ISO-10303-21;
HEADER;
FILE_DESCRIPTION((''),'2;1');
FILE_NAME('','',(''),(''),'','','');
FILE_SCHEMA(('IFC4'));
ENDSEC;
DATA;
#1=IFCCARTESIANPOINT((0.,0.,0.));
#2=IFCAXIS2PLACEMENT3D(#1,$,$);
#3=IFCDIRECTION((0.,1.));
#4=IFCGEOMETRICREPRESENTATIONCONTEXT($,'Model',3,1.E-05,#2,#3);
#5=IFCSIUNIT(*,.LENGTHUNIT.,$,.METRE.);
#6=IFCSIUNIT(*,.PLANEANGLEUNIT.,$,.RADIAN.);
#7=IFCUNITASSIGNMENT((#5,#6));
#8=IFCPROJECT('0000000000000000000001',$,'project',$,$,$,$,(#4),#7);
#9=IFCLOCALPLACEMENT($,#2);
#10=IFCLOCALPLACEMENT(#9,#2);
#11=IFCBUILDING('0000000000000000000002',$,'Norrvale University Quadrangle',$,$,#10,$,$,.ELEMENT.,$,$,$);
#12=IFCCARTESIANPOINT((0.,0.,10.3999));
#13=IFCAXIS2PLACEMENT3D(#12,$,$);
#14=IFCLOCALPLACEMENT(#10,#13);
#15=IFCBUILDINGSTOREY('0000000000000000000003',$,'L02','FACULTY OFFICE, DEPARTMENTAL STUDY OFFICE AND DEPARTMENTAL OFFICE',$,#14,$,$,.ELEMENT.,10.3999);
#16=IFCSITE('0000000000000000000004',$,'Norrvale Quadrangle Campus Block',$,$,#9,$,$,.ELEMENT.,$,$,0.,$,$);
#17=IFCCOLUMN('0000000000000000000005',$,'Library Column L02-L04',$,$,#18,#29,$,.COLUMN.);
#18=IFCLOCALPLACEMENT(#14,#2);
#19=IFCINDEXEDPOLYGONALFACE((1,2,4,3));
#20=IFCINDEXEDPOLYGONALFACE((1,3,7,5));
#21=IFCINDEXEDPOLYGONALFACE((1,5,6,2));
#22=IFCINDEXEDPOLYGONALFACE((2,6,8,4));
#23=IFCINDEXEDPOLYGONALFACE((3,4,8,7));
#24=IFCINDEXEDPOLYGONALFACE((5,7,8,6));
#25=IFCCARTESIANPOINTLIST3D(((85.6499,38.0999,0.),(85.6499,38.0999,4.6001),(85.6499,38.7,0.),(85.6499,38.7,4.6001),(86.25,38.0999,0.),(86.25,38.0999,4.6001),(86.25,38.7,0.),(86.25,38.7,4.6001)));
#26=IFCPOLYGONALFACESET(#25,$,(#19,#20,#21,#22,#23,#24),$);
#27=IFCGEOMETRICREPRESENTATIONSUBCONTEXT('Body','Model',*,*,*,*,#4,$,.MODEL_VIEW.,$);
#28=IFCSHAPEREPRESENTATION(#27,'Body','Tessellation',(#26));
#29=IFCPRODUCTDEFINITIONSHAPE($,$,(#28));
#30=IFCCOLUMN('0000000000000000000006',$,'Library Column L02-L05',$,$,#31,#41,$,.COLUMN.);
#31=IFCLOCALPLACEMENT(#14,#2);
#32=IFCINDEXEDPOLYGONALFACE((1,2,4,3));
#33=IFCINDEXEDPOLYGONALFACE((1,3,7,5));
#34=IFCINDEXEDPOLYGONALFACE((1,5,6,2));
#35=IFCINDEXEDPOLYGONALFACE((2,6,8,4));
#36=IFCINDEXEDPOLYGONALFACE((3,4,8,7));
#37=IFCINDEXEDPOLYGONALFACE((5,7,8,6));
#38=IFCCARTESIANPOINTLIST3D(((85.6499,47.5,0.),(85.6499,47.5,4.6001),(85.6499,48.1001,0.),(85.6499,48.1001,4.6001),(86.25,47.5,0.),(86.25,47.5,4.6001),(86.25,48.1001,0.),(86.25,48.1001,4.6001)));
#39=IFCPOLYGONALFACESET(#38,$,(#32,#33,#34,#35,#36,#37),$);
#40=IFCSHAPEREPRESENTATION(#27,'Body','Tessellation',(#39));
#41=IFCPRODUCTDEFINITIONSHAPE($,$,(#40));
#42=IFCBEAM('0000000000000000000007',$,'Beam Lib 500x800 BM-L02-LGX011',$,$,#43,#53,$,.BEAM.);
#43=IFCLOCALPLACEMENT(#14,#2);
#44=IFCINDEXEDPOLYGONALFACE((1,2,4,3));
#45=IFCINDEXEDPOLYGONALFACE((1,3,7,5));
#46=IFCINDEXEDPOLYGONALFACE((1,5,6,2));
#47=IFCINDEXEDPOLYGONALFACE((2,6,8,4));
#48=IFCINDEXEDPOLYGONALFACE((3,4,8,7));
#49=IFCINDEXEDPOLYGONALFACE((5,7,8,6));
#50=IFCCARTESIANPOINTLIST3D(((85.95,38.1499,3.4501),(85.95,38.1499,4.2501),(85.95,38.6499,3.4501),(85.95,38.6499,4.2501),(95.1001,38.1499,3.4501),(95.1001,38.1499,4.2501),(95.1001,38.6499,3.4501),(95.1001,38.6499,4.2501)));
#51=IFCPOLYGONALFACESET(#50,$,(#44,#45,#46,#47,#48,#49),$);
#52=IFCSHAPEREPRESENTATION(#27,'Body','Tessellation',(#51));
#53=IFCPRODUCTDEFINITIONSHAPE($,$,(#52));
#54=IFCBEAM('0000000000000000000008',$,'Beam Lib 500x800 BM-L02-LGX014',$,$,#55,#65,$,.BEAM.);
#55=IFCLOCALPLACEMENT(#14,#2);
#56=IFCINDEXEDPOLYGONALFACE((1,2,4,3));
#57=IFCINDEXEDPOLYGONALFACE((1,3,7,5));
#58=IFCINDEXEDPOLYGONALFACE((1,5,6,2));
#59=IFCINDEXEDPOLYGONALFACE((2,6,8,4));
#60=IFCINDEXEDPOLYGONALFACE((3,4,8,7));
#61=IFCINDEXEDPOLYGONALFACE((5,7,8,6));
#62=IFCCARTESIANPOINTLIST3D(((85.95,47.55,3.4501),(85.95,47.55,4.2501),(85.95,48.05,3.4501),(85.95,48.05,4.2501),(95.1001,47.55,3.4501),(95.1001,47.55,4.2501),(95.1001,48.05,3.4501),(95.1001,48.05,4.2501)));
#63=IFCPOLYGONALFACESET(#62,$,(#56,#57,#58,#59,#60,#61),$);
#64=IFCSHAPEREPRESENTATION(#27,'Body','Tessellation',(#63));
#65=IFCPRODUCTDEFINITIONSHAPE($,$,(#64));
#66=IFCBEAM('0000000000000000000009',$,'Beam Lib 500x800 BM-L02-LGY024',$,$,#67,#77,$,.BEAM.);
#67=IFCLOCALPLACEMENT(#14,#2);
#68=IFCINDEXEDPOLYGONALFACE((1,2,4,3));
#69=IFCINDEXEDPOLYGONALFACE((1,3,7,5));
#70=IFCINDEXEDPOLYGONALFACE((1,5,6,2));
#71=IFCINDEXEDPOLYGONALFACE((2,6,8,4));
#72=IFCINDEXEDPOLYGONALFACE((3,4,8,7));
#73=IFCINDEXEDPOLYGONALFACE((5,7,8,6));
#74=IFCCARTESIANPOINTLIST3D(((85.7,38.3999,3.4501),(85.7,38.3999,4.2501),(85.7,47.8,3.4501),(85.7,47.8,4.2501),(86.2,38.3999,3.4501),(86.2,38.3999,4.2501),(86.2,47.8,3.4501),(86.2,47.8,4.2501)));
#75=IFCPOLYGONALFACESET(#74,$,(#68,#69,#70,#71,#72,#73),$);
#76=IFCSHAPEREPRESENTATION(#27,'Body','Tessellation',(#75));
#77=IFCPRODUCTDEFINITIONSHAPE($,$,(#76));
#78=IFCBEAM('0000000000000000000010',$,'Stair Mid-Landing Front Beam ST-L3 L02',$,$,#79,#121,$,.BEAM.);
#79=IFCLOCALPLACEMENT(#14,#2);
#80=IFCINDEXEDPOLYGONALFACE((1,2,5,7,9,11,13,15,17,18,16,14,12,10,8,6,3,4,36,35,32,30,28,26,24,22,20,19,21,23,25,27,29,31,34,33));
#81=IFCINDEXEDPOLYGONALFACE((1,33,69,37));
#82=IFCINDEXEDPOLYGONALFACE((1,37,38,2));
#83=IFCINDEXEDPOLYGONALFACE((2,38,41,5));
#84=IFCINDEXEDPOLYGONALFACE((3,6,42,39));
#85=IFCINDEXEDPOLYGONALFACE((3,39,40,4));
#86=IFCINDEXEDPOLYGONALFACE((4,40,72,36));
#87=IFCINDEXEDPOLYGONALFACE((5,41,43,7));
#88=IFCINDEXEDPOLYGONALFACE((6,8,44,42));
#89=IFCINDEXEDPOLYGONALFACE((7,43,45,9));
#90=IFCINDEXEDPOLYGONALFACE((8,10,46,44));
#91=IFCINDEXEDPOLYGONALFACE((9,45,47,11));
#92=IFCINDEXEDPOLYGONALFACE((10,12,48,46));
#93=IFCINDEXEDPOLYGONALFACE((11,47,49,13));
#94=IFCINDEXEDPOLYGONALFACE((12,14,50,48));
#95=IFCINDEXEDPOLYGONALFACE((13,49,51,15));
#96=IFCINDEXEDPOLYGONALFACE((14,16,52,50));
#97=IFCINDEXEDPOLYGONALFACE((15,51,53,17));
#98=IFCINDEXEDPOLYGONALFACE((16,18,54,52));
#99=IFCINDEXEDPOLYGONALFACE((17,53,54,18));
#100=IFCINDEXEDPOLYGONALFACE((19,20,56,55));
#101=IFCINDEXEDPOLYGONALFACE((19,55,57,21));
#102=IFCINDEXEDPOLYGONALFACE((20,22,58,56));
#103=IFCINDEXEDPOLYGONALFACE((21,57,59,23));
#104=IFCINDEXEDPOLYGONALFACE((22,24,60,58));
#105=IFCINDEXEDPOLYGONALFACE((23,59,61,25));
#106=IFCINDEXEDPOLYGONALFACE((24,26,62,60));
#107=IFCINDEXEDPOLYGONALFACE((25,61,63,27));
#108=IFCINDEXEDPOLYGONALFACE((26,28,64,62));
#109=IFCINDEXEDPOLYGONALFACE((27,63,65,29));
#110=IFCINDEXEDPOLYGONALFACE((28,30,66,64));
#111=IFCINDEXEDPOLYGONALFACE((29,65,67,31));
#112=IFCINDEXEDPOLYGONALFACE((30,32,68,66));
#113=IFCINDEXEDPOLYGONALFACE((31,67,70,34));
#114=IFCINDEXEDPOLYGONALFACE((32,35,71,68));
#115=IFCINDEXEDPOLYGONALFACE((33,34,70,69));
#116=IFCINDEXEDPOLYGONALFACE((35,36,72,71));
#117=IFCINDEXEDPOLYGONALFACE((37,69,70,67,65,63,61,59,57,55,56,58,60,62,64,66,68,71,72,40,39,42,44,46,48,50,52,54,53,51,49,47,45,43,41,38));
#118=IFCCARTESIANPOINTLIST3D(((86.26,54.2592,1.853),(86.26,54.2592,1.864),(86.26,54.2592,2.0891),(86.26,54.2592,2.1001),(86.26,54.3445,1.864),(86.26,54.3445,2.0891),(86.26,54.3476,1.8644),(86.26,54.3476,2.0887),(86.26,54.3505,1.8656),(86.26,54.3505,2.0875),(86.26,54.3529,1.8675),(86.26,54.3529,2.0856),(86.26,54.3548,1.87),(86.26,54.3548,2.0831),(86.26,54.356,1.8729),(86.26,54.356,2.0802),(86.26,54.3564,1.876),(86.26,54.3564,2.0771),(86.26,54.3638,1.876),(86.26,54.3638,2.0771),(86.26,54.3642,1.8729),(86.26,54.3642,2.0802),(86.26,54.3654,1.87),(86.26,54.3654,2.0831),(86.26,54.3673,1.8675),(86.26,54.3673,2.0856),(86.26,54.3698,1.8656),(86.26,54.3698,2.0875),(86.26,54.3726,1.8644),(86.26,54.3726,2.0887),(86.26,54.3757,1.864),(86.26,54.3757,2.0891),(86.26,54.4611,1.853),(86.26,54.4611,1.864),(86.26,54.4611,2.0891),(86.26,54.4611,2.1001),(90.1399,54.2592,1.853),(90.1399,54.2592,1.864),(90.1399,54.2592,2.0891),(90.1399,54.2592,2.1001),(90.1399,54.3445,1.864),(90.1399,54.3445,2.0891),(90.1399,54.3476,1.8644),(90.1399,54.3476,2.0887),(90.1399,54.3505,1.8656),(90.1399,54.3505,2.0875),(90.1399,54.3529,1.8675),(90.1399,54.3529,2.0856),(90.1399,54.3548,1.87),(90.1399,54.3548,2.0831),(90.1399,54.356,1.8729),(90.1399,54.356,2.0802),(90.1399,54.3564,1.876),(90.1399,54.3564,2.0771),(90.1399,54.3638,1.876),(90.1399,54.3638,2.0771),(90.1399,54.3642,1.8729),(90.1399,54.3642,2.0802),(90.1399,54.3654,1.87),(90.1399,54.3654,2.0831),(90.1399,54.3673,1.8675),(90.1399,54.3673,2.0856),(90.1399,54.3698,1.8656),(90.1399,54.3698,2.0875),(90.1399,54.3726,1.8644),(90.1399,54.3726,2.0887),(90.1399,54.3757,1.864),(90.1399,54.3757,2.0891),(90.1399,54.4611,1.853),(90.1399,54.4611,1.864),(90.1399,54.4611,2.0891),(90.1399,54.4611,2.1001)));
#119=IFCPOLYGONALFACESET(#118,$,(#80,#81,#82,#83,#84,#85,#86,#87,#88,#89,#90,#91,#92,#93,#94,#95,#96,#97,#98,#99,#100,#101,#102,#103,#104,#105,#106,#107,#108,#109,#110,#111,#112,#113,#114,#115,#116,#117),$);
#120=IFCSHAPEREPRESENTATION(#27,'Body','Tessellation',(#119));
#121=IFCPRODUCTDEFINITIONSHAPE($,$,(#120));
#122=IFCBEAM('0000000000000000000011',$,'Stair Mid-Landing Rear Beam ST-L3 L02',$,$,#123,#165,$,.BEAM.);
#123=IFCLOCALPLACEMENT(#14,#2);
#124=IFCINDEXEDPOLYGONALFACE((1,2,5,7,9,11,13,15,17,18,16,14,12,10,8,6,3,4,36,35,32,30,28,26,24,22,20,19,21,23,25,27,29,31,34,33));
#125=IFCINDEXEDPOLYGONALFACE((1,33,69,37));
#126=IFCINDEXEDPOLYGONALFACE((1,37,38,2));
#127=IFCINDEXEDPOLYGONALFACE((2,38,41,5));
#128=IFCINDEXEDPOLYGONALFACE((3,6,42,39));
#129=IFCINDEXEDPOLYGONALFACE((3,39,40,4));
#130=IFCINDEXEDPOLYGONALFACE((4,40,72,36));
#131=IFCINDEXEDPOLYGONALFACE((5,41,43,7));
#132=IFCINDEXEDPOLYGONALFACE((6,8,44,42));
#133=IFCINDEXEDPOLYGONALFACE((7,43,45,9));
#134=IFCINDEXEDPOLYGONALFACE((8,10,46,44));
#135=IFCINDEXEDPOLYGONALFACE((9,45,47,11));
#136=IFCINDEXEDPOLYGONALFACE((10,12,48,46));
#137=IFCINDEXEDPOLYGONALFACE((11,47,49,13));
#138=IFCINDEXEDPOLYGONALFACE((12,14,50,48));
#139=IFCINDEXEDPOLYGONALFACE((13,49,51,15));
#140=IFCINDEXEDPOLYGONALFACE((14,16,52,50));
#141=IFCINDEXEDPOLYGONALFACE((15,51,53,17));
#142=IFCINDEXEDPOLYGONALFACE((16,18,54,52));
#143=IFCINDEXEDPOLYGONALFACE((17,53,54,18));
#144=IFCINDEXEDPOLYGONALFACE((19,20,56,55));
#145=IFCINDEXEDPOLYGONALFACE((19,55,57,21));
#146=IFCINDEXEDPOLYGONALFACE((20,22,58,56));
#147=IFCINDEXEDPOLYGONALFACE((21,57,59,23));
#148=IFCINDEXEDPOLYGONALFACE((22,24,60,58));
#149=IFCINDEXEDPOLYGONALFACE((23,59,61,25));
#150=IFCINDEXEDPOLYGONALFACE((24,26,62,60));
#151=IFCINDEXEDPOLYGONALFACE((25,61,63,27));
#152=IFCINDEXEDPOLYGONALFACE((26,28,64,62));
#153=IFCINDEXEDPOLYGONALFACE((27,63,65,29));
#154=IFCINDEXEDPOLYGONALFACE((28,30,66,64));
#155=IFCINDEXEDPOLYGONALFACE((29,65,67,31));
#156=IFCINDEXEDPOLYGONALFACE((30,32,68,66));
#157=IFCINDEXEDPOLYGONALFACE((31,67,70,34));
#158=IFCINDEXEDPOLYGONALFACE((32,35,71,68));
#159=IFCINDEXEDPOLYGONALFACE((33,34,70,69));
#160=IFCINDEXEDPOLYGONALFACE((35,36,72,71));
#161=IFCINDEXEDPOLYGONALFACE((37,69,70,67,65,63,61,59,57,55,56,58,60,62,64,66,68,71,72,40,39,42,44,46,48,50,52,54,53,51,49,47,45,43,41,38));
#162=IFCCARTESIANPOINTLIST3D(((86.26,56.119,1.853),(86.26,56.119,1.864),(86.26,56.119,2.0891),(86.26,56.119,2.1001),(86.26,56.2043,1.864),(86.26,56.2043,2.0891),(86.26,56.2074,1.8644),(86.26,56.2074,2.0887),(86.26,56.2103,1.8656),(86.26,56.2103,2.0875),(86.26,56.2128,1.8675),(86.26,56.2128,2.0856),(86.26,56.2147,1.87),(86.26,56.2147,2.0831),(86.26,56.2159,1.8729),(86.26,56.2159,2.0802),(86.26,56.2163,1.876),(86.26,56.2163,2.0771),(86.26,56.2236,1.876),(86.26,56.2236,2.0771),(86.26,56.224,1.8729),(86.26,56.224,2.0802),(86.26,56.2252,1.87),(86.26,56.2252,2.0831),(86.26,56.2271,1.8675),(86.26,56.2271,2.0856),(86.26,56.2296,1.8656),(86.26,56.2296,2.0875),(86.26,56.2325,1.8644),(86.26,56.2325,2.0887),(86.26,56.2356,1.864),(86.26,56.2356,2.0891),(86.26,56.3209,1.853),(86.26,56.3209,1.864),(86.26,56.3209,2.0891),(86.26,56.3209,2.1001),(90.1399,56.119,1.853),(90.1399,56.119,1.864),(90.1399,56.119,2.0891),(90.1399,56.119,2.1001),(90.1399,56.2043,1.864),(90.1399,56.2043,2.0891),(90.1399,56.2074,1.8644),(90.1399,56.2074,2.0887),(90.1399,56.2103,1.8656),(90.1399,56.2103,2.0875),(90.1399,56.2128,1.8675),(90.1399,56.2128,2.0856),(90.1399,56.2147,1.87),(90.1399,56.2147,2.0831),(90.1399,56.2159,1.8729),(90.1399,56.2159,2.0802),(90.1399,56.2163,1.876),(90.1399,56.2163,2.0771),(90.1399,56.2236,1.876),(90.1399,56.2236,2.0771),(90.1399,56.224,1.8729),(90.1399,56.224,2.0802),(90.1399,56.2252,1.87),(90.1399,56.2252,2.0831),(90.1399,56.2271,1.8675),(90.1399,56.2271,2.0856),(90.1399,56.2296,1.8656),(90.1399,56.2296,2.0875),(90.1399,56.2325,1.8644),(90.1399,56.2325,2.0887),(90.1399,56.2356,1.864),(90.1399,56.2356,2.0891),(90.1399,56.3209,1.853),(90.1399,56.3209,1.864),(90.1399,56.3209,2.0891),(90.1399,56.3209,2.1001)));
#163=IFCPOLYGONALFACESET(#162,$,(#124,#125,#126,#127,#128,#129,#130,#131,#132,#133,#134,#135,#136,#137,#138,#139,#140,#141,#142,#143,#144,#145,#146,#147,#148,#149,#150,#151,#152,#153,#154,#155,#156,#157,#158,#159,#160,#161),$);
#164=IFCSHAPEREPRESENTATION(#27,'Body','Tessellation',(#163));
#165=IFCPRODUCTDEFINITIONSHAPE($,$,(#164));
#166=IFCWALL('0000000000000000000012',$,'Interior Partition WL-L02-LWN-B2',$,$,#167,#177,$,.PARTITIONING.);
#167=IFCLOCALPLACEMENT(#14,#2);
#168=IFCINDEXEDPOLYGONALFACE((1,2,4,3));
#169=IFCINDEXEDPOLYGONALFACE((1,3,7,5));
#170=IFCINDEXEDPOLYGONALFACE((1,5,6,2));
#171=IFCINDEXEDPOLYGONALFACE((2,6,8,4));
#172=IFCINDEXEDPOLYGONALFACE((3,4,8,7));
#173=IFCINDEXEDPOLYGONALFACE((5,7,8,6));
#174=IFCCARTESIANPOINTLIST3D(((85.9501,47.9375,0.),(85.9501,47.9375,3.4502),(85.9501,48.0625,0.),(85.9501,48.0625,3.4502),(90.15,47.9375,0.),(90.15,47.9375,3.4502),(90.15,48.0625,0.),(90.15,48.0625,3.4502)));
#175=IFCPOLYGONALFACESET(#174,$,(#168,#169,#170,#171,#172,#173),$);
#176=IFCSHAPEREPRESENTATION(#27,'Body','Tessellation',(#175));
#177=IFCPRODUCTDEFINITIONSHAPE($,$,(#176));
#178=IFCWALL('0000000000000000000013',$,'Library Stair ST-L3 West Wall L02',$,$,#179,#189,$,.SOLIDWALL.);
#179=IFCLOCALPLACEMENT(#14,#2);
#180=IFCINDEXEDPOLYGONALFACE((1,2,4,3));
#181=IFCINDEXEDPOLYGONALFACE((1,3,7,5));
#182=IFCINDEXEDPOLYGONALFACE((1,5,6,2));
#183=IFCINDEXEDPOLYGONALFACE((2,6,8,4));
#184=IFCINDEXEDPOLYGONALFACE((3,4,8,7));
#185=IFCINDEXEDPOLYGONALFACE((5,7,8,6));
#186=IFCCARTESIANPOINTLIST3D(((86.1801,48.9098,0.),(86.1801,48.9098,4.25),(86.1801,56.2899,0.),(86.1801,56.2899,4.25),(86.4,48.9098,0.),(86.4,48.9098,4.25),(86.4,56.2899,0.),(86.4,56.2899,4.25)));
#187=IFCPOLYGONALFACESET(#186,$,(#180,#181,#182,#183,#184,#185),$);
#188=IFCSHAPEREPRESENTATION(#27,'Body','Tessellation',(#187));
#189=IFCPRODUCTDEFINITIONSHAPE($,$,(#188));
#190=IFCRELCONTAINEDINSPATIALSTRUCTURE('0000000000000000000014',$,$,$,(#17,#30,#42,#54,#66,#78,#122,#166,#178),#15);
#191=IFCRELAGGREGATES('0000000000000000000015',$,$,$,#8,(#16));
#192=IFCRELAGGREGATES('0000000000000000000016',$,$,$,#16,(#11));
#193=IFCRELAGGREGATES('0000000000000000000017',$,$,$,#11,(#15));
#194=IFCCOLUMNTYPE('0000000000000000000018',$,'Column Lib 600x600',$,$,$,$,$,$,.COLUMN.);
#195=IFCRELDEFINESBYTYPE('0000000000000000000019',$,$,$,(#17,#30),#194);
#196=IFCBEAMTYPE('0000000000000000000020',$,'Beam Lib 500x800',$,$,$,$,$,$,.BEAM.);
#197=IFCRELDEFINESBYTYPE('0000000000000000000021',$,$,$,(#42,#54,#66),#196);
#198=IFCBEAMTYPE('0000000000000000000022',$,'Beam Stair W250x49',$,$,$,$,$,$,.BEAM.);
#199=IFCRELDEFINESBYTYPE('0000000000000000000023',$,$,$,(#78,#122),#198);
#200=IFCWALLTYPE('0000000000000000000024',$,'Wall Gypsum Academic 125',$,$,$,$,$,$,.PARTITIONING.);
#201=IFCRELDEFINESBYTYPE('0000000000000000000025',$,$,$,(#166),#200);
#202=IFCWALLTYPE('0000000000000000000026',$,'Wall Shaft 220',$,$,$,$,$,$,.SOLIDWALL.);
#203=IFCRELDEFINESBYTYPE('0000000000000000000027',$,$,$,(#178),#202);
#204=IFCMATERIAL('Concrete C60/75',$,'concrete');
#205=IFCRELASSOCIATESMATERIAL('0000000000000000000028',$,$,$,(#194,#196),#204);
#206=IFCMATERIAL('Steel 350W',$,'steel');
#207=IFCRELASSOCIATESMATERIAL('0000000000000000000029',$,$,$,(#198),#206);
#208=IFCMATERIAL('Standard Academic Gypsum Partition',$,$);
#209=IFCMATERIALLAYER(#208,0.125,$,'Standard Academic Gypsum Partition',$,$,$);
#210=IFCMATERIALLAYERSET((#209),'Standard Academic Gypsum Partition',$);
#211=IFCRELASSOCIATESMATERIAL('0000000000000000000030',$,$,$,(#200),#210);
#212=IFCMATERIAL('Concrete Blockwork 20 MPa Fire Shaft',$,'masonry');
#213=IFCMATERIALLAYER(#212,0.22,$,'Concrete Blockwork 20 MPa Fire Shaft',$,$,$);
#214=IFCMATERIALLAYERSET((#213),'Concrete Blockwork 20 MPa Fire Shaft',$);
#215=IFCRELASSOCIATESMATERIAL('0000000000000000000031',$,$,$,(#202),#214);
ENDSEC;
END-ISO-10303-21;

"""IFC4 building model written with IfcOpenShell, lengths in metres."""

from ifc_helpers import new_model, si_unit, direction, frame, frame_2d, origin, origin_2d, place, context, subcontext, project, spatial, rectangle, i_section, extrude, material, layer, layer_set, material_profile, profile_set, type_object, element, save


model = new_model("IFC4")

# Units and contexts
model_context = context("Model", 3, precision=1e-05, world=origin(), true_north=direction((0.0, 1.0)))
body_context = subcontext(model_context, "Body", "Model", "MODEL_VIEW")
ifc_project = project(units=[si_unit("LENGTHUNIT", "METRE"), si_unit("PLANEANGLEUNIT", "RADIAN")], contexts=[model_context])

# Site, building, storey
site_placement = place(None, origin())
site = spatial("IfcSite", under=ifc_project, at=site_placement, Name="Norrvale Quadrangle Campus Block", CompositionType="ELEMENT", RefElevation=0.0)
building_placement = place(site_placement, origin())
building = spatial("IfcBuilding", under=site, at=building_placement, Name="Norrvale University Quadrangle", CompositionType="ELEMENT")
storey_placement = place(building_placement, frame((0.0, 0.0, 10.3999)))
storey = spatial("IfcBuildingStorey", under=building, at=storey_placement, Name="L02", Description="FACULTY OFFICE, DEPARTMENTAL STUDY OFFICE AND DEPARTMENTAL OFFICE", CompositionType="ELEMENT", Elevation=10.3999)

# Columns
ifc_material_1 = material(Name="Concrete C60/75", Category="concrete")
ifc_material_profile_1 = material_profile(ifc_material_1, rectangle(XDim=0.6001, YDim=0.6001, at=origin_2d()), Name="Concrete C60/75")
ifc_profile_set_1 = profile_set([ifc_material_profile_1], Name="Concrete C60/75")
column_type = type_object("IfcColumnType", Name="Column Lib 600x600", PredefinedType="COLUMN", material=ifc_profile_set_1)
for number, where, z_axis, x_axis, name in (
    (1, (85.95, 38.3999, 0.0), (0.0, 0.0, 1.0), (1.0, 0.0, 0.0), "Library Column L02-L04"),
    (2, (85.95, 47.8, 0.0), (0.0, 0.0, 1.0), (1.0, 0.0, 0.0), "Library Column L02-L05"),
):
    element("IfcColumn", number, at=place(storey_placement, frame(where, z_axis=z_axis, x_axis=x_axis)), inside=storey, type_object=column_type, Name=name, PredefinedType="COLUMN", context=body_context, shape_type="SweptSolid", body=[
        extrude(rectangle(XDim=0.6001, YDim=0.6001, at=origin_2d()), origin(), (0.0, 0.0, 1.0), 4.6001),
    ])

# Beams
ifc_material_profile_2 = material_profile(ifc_material_1, rectangle(XDim=0.5, YDim=0.8, at=origin_2d()), Name="Concrete C60/75")
ifc_profile_set_2 = profile_set([ifc_material_profile_2], Name="Concrete C60/75")
beam_type_1 = type_object("IfcBeamType", Name="Beam Lib 500x800", PredefinedType="BEAM", material=ifc_profile_set_2)
for number, where, z_axis, x_axis, name in (
    (3, (85.95, 38.3999, 3.8501), (1.0, 0.0, 0.0), (0.0, 1.0, 0.0), "Beam Lib 500x800 BM-L02-LGX011"),
    (4, (85.95, 47.8, 3.8501), (1.0, 0.0, 0.0), (0.0, 1.0, 0.0), "Beam Lib 500x800 BM-L02-LGX014"),
):
    element("IfcBeam", number, at=place(storey_placement, frame(where, z_axis=z_axis, x_axis=x_axis)), inside=storey, type_object=beam_type_1, Name=name, PredefinedType="BEAM", context=body_context, shape_type="SweptSolid", body=[
        extrude(rectangle(XDim=0.5, YDim=0.8, at=origin_2d()), origin(), (0.0, 0.0, 1.0), 9.1501),
    ])
beam_placement = place(storey_placement, frame((85.95, 38.3999, 3.8501), z_axis=(0.0, 1.0, 0.0), x_axis=(-1.0, 0.0, 0.0)))
element("IfcBeam", 5, at=beam_placement, inside=storey, type_object=beam_type_1, Name="Beam Lib 500x800 BM-L02-LGY024", PredefinedType="BEAM", context=body_context, shape_type="SweptSolid", body=[
    extrude(rectangle(XDim=0.5, YDim=0.8, at=origin_2d()), origin(), (0.0, 0.0, 1.0), 9.4001),
])
ifc_material_2 = material(Name="Steel 350W", Category="steel")
ifc_material_profile_3 = material_profile(ifc_material_2, i_section(OverallWidth=0.2019, OverallDepth=0.2471, WebThickness=0.0073, FlangeThickness=0.011, FilletRadius=0.012, at=origin_2d()), Name="Steel 350W")
ifc_profile_set_3 = profile_set([ifc_material_profile_3], Name="Steel 350W")
beam_type_2 = type_object("IfcBeamType", Name="Beam Stair W250x49", PredefinedType="BEAM", material=ifc_profile_set_3)
for number, where, z_axis, x_axis, name in (
    (6, (86.26, 54.3601, 1.9766), (1.0, 0.0, 0.0), (0.0, 1.0, 0.0), "Stair Mid-Landing Front Beam ST-L3 L02"),
    (7, (86.26, 56.22, 1.9766), (1.0, 0.0, 0.0), (0.0, 1.0, 0.0), "Stair Mid-Landing Rear Beam ST-L3 L02"),
):
    element("IfcBeam", number, at=place(storey_placement, frame(where, z_axis=z_axis, x_axis=x_axis)), inside=storey, type_object=beam_type_2, Name=name, PredefinedType="BEAM", context=body_context, shape_type="SweptSolid", body=[
        extrude(i_section(OverallWidth=0.2019, OverallDepth=0.2471, WebThickness=0.0073, FlangeThickness=0.011, FilletRadius=0.012, at=origin_2d()), origin(), (0.0, 0.0, 1.0), 3.8799),
    ])

# Walls
ifc_material_3 = material(Name="Standard Academic Gypsum Partition")
ifc_layer_1 = layer(ifc_material_3, 0.125, Name="Standard Academic Gypsum Partition")
ifc_layer_set_1 = layer_set([ifc_layer_1], Name="Standard Academic Gypsum Partition")
wall_type_1 = type_object("IfcWallType", Name="Wall Gypsum Academic 125", PredefinedType="PARTITIONING", material=ifc_layer_set_1)
wall_1_placement = place(storey_placement, frame((85.95, 48.0, 0.0), z_axis=(0.0, 0.0, 1.0), x_axis=(1.0, 0.0, 0.0)))
element("IfcWall", 8, at=wall_1_placement, inside=storey, type_object=wall_type_1, Name="Interior Partition WL-L02-LWN-B2", PredefinedType="PARTITIONING", context=body_context, shape_type="SweptSolid", body=[
    extrude(rectangle(XDim=4.2, YDim=0.125, at=frame_2d((2.1001, 0.0))), origin(), (0.0, 0.0, 1.0), 3.4502),
])
ifc_material_4 = material(Name="Concrete Blockwork 20 MPa Fire Shaft", Category="masonry")
ifc_layer_2 = layer(ifc_material_4, 0.22, Name="Concrete Blockwork 20 MPa Fire Shaft")
ifc_layer_set_2 = layer_set([ifc_layer_2], Name="Concrete Blockwork 20 MPa Fire Shaft")
wall_type_2 = type_object("IfcWallType", Name="Wall Shaft 220", PredefinedType="SOLIDWALL", material=ifc_layer_set_2)
wall_2_placement = place(storey_placement, frame((86.29, 48.9099, 0.0), z_axis=(0.0, 0.0, 1.0), x_axis=(0.0, 1.0, 0.0)))
element("IfcWall", 9, at=wall_2_placement, inside=storey, type_object=wall_type_2, Name="Library Stair ST-L3 West Wall L02", PredefinedType="SOLIDWALL", context=body_context, shape_type="SweptSolid", body=[
    extrude(rectangle(XDim=7.3801, YDim=0.22, at=frame_2d((3.6899, 0.0))), origin(), (0.0, 0.0, 1.0), 4.25),
])

save(model, "model.ifc")
